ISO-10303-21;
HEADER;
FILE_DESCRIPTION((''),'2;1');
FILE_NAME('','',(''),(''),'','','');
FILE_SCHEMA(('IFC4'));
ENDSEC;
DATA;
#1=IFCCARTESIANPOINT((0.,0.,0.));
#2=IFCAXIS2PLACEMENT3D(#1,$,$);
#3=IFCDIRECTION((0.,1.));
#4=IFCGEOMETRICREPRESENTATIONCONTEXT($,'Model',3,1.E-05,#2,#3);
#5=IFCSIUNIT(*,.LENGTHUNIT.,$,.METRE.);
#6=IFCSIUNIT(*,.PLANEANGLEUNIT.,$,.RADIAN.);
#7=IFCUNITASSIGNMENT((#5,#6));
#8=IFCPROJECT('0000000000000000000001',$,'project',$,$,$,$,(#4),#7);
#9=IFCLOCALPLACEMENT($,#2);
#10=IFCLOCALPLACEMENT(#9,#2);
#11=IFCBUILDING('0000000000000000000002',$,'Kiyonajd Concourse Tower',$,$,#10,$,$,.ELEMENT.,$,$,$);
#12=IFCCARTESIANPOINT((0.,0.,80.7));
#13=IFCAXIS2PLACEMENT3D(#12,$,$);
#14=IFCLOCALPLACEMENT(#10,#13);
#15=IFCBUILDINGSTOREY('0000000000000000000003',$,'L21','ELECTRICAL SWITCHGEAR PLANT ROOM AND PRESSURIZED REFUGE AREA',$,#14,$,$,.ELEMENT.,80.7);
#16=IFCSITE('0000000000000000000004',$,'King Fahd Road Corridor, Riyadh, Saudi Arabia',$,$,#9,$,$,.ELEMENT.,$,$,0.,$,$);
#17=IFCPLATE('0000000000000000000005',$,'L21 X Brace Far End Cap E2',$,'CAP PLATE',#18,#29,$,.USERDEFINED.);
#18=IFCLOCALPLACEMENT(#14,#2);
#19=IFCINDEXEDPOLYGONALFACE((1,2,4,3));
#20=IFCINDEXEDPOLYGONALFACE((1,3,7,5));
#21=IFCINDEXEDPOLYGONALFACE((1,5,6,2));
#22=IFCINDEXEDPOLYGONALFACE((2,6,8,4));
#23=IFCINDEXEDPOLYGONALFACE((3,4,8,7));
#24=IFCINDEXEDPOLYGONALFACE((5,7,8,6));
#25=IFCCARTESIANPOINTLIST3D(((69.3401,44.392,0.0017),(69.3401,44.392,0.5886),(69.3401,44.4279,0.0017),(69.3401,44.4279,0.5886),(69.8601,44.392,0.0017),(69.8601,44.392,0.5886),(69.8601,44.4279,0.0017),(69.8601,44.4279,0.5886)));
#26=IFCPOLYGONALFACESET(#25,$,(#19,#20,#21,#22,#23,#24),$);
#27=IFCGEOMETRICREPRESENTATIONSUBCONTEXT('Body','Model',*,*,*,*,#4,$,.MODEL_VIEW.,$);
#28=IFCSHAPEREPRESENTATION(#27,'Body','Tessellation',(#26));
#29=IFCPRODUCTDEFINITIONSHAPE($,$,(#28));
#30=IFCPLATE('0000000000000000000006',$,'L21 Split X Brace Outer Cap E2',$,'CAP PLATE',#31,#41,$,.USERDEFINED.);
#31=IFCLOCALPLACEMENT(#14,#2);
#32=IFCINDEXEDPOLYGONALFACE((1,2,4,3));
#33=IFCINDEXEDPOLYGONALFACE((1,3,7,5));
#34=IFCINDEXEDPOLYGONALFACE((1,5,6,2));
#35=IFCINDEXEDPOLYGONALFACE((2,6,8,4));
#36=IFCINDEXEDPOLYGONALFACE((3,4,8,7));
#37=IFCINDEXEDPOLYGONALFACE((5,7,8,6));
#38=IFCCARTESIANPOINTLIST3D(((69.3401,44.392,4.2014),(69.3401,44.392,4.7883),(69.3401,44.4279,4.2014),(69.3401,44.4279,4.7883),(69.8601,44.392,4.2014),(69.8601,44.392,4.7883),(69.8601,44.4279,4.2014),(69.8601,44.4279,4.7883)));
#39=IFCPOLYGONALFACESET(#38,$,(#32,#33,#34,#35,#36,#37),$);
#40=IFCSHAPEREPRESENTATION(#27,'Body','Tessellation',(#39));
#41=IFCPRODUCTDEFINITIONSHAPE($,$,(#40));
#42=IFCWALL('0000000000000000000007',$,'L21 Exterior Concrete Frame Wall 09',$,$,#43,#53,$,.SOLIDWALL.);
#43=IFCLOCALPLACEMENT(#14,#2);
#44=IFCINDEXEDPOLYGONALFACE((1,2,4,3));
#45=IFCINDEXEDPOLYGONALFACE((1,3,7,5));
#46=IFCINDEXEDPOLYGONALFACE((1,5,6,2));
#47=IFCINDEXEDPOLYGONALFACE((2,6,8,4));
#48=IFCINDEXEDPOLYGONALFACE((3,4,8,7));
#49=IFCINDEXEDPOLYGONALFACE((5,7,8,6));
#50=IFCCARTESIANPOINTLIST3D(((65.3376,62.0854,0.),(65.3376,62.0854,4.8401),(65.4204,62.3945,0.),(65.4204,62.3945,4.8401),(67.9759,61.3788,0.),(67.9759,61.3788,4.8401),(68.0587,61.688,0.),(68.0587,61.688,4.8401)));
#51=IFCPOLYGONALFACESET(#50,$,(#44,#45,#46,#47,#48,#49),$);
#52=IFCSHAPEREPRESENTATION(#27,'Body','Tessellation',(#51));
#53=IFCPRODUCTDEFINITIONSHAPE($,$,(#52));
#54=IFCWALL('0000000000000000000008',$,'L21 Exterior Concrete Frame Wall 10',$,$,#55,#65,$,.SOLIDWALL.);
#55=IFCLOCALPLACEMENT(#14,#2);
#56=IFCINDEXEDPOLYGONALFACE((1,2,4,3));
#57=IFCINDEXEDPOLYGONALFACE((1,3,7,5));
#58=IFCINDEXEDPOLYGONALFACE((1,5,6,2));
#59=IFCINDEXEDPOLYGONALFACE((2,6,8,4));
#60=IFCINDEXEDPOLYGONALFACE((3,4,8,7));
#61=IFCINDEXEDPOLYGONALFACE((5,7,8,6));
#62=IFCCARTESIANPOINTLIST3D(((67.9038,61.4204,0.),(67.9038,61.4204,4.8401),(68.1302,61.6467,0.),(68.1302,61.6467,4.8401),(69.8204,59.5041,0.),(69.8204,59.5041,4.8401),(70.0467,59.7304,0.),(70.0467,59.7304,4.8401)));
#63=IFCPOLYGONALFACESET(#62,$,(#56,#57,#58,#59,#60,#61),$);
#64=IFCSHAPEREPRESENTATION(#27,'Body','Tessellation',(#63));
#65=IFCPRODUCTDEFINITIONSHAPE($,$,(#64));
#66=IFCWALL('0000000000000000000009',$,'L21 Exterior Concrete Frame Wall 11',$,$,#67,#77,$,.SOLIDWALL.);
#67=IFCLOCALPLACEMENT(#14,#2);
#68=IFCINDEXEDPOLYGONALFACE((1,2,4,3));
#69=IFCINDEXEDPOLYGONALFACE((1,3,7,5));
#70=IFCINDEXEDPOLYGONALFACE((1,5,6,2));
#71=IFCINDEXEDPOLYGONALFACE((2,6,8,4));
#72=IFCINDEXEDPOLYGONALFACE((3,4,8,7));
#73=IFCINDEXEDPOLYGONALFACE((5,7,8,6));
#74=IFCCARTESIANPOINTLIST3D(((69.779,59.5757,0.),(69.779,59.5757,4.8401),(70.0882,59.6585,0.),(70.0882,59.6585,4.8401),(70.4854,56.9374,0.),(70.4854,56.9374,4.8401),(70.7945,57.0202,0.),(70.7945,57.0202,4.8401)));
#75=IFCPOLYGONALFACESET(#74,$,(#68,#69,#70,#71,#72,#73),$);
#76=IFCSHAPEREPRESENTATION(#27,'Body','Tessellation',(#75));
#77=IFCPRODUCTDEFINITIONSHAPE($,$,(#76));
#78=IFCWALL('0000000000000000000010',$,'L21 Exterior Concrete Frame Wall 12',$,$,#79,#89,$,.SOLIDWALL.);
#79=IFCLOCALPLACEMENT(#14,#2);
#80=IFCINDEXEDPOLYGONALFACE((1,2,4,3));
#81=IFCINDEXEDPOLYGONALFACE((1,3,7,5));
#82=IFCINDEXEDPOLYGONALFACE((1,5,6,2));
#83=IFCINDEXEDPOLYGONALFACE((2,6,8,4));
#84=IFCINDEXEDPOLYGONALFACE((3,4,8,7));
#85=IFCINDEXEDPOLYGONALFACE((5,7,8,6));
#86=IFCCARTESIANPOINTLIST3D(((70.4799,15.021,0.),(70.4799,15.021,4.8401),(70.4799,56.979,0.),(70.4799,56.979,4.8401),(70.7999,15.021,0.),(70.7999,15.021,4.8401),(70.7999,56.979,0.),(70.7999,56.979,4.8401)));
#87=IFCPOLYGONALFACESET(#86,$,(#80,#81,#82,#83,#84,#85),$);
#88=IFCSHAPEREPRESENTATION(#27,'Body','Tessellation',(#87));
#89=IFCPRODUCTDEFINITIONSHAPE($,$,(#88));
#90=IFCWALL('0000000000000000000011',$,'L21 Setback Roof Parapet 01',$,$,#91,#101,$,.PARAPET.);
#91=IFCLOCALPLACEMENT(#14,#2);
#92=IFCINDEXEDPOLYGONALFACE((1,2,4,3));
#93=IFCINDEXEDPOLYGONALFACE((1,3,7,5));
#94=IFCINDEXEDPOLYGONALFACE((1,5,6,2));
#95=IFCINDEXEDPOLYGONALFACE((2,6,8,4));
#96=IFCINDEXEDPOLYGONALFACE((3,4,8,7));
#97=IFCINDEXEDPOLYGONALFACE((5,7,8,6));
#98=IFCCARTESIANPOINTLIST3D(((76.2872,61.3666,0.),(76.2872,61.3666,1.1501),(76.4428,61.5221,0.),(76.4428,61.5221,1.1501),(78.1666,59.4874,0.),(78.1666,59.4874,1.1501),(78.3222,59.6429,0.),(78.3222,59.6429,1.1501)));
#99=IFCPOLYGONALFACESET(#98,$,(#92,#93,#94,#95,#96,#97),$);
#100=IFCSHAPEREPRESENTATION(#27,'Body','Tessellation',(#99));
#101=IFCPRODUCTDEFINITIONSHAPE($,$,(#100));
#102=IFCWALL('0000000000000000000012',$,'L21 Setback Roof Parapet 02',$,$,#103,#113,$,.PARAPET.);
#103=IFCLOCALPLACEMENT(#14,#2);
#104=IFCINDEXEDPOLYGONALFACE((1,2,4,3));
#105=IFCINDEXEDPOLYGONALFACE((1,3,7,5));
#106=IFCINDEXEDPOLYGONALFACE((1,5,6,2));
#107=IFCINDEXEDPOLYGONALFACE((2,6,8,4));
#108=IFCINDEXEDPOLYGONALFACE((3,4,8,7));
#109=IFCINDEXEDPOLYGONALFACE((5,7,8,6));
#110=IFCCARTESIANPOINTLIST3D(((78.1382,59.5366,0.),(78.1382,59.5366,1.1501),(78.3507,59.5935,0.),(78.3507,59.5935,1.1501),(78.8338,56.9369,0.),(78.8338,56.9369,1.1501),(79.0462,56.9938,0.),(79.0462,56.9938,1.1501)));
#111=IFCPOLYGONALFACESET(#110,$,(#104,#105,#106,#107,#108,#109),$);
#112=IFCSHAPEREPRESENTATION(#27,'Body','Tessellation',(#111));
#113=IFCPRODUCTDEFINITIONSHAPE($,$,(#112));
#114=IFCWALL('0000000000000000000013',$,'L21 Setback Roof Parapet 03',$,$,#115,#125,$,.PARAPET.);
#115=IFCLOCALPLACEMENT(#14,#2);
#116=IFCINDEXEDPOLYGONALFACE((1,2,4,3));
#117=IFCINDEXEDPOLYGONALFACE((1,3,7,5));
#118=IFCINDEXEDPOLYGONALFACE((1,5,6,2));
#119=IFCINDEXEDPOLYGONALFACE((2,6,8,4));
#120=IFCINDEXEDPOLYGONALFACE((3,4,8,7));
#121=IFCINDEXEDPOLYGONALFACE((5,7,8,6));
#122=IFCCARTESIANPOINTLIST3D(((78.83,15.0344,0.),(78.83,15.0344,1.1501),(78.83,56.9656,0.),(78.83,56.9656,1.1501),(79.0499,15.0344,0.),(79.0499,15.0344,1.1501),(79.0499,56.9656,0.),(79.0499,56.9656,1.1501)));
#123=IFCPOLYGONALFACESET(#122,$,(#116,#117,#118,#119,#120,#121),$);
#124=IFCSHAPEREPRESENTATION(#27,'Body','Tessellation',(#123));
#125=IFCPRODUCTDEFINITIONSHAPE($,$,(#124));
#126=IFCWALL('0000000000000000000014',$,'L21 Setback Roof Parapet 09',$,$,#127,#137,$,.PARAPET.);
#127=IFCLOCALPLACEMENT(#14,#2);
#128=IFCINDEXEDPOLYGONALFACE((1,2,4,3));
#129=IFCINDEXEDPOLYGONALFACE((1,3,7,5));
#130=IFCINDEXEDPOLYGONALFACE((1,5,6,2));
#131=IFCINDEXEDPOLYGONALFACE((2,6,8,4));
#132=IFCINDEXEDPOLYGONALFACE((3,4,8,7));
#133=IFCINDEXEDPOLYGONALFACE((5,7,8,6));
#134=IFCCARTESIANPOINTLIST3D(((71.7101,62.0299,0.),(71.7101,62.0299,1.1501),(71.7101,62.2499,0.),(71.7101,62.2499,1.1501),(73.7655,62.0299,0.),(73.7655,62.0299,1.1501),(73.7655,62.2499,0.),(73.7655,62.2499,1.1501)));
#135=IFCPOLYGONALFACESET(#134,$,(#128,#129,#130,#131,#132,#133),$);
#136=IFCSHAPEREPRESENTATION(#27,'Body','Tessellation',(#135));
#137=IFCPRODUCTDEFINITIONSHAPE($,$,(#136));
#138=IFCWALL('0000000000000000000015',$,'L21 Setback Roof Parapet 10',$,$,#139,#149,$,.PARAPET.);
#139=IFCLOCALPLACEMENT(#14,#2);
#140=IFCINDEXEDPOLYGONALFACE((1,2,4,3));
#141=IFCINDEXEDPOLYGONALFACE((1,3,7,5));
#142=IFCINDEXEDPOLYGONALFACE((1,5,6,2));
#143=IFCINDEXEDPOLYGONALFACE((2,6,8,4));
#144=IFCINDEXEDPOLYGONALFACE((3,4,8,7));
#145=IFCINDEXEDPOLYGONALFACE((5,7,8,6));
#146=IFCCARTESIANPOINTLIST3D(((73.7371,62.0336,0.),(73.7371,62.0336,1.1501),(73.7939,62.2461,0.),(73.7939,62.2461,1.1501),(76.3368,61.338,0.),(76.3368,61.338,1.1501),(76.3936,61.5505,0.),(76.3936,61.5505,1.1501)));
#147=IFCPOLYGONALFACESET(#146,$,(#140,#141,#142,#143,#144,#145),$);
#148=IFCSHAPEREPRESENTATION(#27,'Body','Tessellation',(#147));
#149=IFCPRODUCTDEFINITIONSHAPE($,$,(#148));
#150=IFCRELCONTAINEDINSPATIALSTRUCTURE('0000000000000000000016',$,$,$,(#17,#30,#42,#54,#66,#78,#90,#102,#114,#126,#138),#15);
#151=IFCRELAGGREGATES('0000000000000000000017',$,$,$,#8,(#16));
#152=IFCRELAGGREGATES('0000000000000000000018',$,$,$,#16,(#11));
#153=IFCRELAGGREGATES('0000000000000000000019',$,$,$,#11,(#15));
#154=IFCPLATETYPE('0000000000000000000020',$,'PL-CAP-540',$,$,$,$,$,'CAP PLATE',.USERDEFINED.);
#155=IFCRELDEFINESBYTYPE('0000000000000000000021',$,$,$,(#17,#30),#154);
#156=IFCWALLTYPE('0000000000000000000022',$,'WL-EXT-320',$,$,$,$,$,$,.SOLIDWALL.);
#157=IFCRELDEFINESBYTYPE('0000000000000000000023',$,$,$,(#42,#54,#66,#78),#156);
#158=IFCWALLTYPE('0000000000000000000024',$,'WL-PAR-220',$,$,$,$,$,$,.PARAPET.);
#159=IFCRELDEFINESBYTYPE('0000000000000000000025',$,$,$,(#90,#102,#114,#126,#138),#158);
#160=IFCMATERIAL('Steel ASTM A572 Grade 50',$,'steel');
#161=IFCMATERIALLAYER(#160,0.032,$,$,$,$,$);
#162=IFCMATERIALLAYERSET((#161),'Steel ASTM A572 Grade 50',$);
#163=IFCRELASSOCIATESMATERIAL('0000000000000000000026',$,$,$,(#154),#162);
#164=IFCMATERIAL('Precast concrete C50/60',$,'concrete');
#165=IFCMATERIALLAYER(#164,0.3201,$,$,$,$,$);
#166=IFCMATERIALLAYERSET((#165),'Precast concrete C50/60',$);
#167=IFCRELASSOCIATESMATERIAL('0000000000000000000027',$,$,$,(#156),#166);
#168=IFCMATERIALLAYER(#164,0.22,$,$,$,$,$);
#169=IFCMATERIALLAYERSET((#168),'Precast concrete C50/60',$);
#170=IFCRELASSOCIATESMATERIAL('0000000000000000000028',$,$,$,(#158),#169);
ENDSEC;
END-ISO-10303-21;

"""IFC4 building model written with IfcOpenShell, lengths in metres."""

from ifc_helpers import new_model, si_unit, direction, frame, frame_2d, origin, origin_2d, place, context, subcontext, project, spatial, rectangle, extrude, material, layer, layer_set, type_object, element, save


model = new_model("IFC4")

# Units and contexts
model_context = context("Model", 3, precision=1e-05, world=origin(), true_north=direction((0.0, 1.0)))
body_context = subcontext(model_context, "Body", "Model", "MODEL_VIEW")
ifc_project = project(units=[si_unit("LENGTHUNIT", "METRE"), si_unit("PLANEANGLEUNIT", "RADIAN")], contexts=[model_context])

# Site, building, storey
site_placement = place(None, origin())
site = spatial("IfcSite", under=ifc_project, at=site_placement, Name="King Fahd Road Corridor, Riyadh, Saudi Arabia", CompositionType="ELEMENT", RefElevation=0.0)
building_placement = place(site_placement, origin())
building = spatial("IfcBuilding", under=site, at=building_placement, Name="Kiyonajd Concourse Tower", CompositionType="ELEMENT")
storey_placement = place(building_placement, frame((0.0, 0.0, 80.7)))
storey = spatial("IfcBuildingStorey", under=building, at=storey_placement, Name="L21", Description="ELECTRICAL SWITCHGEAR PLANT ROOM AND PRESSURIZED REFUGE AREA", CompositionType="ELEMENT", Elevation=80.7)

# Shared definitions
ifc_material_1 = material(Name="Steel ASTM A572 Grade 50", Category="steel")

# Plates
ifc_layer_1 = layer(ifc_material_1, 0.032)
ifc_layer_set_1 = layer_set([ifc_layer_1], Name="Steel ASTM A572 Grade 50")
plate_type_1 = type_object("IfcPlateType", Name="PL-CAP-540", ElementType="CAP PLATE", PredefinedType="USERDEFINED", material=ifc_layer_set_1)
for number, where, z_axis, x_axis, name in (
    (1, (69.6001, 44.4099, 0.0017), (0.0, 0.0, 1.0), (0.0, 1.0, 0.0), "L21 X Brace Far End Cap E2"),
    (2, (69.6001, 44.4099, 4.2014), (0.0, 0.0, 1.0), (0.0, 1.0, 0.0), "L21 Split X Brace Outer Cap E2"),
):
    element("IfcPlate", number, at=place(storey_placement, frame(where, z_axis=z_axis, x_axis=x_axis)), inside=storey, type_object=plate_type_1, Name=name, ObjectType="CAP PLATE", PredefinedType="USERDEFINED", context=body_context, shape_type="SweptSolid", body=[
        extrude(rectangle(XDim=0.0359, YDim=0.52, at=origin_2d()), origin(), (0.0, 0.0, 1.0), 0.5869),
    ])

# Walls
ifc_material_2 = material(Name="Precast concrete C50/60", Category="concrete")
ifc_layer_2 = layer(ifc_material_2, 0.3201)
ifc_layer_set_2 = layer_set([ifc_layer_2], Name="Precast concrete C50/60")
wall_type_1 = type_object("IfcWallType", Name="WL-EXT-320", PredefinedType="SOLIDWALL", material=ifc_layer_set_2)
wall_1_placement = place(storey_placement, frame((65.3789, 62.24, 0.0), z_axis=(0.0, 0.0, 1.0), x_axis=(0.965958, -0.258697, 0.0)))
element("IfcWall", 3, at=wall_1_placement, inside=storey, type_object=wall_type_1, Name="L21 Exterior Concrete Frame Wall 09", PredefinedType="SOLIDWALL", context=body_context, shape_type="SweptSolid", body=[
    extrude(rectangle(XDim=2.7312, YDim=0.3201, at=frame_2d((1.3657, 0.0))), origin(), (0.0, 0.0, 1.0), 4.8401),
])
wall_2_placement = place(storey_placement, frame((68.0171, 61.5334, 0.0), z_axis=(0.0, 0.0, 1.0), x_axis=(0.707152, -0.707062, 0.0)))
element("IfcWall", 4, at=wall_2_placement, inside=storey, type_object=wall_type_1, Name="L21 Exterior Concrete Frame Wall 10", PredefinedType="SOLIDWALL", context=body_context, shape_type="SweptSolid", body=[
    extrude(rectangle(XDim=2.7102, YDim=0.3201, at=frame_2d((1.355, 0.0))), origin(), (0.0, 0.0, 1.0), 4.8401),
])
wall_3_placement = place(storey_placement, frame((69.9336, 59.6172, 0.0), z_axis=(0.0, 0.0, 1.0), x_axis=(0.258614, -0.965981, 0.0)))
element("IfcWall", 5, at=wall_3_placement, inside=storey, type_object=wall_type_1, Name="L21 Exterior Concrete Frame Wall 11", PredefinedType="SOLIDWALL", context=body_context, shape_type="SweptSolid", body=[
    extrude(rectangle(XDim=2.7312, YDim=0.3201, at=frame_2d((1.3657, 0.0))), origin(), (0.0, 0.0, 1.0), 4.8401),
])
wall_4_placement = place(storey_placement, frame((70.6399, 56.979, 0.0), z_axis=(0.0, 0.0, 1.0), x_axis=(0.0, -1.0, 0.0)))
element("IfcWall", 6, at=wall_4_placement, inside=storey, type_object=wall_type_1, Name="L21 Exterior Concrete Frame Wall 12", PredefinedType="SOLIDWALL", context=body_context, shape_type="SweptSolid", body=[
    extrude(rectangle(XDim=41.958, YDim=0.3201, at=frame_2d((20.979, 0.0))), origin(), (0.0, 0.0, 1.0), 4.8401),
])
ifc_layer_3 = layer(ifc_material_2, 0.22)
ifc_layer_set_3 = layer_set([ifc_layer_3], Name="Precast concrete C50/60")
wall_type_2 = type_object("IfcWallType", Name="WL-PAR-220", PredefinedType="PARAPET", material=ifc_layer_set_3)
wall_5_placement = place(storey_placement, frame((76.365, 61.4443, 0.0), z_axis=(0.0, 0.0, 1.0), x_axis=(0.707153, -0.707061, 0.0)))
element("IfcWall", 7, at=wall_5_placement, inside=storey, type_object=wall_type_2, Name="L21 Setback Roof Parapet 01", PredefinedType="PARAPET", context=body_context, shape_type="SweptSolid", body=[
    extrude(rectangle(XDim=2.6577, YDim=0.22, at=frame_2d((1.3289, 0.0))), origin(), (0.0, 0.0, 1.0), 1.1501),
])
wall_6_placement = place(storey_placement, frame((78.2444, 59.5652, 0.0), z_axis=(0.0, 0.0, 1.0), x_axis=(0.25847, -0.966019, 0.0)))
element("IfcWall", 8, at=wall_6_placement, inside=storey, type_object=wall_type_2, Name="L21 Setback Roof Parapet 02", PredefinedType="PARAPET", context=body_context, shape_type="SweptSolid", body=[
    extrude(rectangle(XDim=2.6912, YDim=0.22, at=frame_2d((1.3457, 0.0))), origin(), (0.0, 0.0, 1.0), 1.1501),
])
wall_7_placement = place(storey_placement, frame((78.9399, 56.9656, 0.0), z_axis=(0.0, 0.0, 1.0), x_axis=(0.0, -1.0, 0.0)))
element("IfcWall", 9, at=wall_7_placement, inside=storey, type_object=wall_type_2, Name="L21 Setback Roof Parapet 03", PredefinedType="PARAPET", context=body_context, shape_type="SweptSolid", body=[
    extrude(rectangle(XDim=41.9312, YDim=0.22, at=frame_2d((20.9656, 0.0))), origin(), (0.0, 0.0, 1.0), 1.1501),
])
wall_8_placement = place(storey_placement, frame((71.71, 62.1399, 0.0), z_axis=(0.0, 0.0, 1.0), x_axis=(1.0, 0.0, 0.0)))
element("IfcWall", 10, at=wall_8_placement, inside=storey, type_object=wall_type_2, Name="L21 Setback Roof Parapet 09", PredefinedType="PARAPET", context=body_context, shape_type="SweptSolid", body=[
    extrude(rectangle(XDim=2.0554, YDim=0.22, at=frame_2d((1.0278, 0.0))), origin(), (0.0, 0.0, 1.0), 1.1501),
])
wall_9_placement = place(storey_placement, frame((73.7654, 62.1399, 0.0), z_axis=(0.0, 0.0, 1.0), x_axis=(0.966019, -0.25847, 0.0)))
element("IfcWall", 11, at=wall_9_placement, inside=storey, type_object=wall_type_2, Name="L21 Setback Roof Parapet 10", PredefinedType="PARAPET", context=body_context, shape_type="SweptSolid", body=[
    extrude(rectangle(XDim=2.6912, YDim=0.22, at=frame_2d((1.3457, 0.0))), origin(), (0.0, 0.0, 1.0), 1.1501),
])

save(model, "model.ifc")
